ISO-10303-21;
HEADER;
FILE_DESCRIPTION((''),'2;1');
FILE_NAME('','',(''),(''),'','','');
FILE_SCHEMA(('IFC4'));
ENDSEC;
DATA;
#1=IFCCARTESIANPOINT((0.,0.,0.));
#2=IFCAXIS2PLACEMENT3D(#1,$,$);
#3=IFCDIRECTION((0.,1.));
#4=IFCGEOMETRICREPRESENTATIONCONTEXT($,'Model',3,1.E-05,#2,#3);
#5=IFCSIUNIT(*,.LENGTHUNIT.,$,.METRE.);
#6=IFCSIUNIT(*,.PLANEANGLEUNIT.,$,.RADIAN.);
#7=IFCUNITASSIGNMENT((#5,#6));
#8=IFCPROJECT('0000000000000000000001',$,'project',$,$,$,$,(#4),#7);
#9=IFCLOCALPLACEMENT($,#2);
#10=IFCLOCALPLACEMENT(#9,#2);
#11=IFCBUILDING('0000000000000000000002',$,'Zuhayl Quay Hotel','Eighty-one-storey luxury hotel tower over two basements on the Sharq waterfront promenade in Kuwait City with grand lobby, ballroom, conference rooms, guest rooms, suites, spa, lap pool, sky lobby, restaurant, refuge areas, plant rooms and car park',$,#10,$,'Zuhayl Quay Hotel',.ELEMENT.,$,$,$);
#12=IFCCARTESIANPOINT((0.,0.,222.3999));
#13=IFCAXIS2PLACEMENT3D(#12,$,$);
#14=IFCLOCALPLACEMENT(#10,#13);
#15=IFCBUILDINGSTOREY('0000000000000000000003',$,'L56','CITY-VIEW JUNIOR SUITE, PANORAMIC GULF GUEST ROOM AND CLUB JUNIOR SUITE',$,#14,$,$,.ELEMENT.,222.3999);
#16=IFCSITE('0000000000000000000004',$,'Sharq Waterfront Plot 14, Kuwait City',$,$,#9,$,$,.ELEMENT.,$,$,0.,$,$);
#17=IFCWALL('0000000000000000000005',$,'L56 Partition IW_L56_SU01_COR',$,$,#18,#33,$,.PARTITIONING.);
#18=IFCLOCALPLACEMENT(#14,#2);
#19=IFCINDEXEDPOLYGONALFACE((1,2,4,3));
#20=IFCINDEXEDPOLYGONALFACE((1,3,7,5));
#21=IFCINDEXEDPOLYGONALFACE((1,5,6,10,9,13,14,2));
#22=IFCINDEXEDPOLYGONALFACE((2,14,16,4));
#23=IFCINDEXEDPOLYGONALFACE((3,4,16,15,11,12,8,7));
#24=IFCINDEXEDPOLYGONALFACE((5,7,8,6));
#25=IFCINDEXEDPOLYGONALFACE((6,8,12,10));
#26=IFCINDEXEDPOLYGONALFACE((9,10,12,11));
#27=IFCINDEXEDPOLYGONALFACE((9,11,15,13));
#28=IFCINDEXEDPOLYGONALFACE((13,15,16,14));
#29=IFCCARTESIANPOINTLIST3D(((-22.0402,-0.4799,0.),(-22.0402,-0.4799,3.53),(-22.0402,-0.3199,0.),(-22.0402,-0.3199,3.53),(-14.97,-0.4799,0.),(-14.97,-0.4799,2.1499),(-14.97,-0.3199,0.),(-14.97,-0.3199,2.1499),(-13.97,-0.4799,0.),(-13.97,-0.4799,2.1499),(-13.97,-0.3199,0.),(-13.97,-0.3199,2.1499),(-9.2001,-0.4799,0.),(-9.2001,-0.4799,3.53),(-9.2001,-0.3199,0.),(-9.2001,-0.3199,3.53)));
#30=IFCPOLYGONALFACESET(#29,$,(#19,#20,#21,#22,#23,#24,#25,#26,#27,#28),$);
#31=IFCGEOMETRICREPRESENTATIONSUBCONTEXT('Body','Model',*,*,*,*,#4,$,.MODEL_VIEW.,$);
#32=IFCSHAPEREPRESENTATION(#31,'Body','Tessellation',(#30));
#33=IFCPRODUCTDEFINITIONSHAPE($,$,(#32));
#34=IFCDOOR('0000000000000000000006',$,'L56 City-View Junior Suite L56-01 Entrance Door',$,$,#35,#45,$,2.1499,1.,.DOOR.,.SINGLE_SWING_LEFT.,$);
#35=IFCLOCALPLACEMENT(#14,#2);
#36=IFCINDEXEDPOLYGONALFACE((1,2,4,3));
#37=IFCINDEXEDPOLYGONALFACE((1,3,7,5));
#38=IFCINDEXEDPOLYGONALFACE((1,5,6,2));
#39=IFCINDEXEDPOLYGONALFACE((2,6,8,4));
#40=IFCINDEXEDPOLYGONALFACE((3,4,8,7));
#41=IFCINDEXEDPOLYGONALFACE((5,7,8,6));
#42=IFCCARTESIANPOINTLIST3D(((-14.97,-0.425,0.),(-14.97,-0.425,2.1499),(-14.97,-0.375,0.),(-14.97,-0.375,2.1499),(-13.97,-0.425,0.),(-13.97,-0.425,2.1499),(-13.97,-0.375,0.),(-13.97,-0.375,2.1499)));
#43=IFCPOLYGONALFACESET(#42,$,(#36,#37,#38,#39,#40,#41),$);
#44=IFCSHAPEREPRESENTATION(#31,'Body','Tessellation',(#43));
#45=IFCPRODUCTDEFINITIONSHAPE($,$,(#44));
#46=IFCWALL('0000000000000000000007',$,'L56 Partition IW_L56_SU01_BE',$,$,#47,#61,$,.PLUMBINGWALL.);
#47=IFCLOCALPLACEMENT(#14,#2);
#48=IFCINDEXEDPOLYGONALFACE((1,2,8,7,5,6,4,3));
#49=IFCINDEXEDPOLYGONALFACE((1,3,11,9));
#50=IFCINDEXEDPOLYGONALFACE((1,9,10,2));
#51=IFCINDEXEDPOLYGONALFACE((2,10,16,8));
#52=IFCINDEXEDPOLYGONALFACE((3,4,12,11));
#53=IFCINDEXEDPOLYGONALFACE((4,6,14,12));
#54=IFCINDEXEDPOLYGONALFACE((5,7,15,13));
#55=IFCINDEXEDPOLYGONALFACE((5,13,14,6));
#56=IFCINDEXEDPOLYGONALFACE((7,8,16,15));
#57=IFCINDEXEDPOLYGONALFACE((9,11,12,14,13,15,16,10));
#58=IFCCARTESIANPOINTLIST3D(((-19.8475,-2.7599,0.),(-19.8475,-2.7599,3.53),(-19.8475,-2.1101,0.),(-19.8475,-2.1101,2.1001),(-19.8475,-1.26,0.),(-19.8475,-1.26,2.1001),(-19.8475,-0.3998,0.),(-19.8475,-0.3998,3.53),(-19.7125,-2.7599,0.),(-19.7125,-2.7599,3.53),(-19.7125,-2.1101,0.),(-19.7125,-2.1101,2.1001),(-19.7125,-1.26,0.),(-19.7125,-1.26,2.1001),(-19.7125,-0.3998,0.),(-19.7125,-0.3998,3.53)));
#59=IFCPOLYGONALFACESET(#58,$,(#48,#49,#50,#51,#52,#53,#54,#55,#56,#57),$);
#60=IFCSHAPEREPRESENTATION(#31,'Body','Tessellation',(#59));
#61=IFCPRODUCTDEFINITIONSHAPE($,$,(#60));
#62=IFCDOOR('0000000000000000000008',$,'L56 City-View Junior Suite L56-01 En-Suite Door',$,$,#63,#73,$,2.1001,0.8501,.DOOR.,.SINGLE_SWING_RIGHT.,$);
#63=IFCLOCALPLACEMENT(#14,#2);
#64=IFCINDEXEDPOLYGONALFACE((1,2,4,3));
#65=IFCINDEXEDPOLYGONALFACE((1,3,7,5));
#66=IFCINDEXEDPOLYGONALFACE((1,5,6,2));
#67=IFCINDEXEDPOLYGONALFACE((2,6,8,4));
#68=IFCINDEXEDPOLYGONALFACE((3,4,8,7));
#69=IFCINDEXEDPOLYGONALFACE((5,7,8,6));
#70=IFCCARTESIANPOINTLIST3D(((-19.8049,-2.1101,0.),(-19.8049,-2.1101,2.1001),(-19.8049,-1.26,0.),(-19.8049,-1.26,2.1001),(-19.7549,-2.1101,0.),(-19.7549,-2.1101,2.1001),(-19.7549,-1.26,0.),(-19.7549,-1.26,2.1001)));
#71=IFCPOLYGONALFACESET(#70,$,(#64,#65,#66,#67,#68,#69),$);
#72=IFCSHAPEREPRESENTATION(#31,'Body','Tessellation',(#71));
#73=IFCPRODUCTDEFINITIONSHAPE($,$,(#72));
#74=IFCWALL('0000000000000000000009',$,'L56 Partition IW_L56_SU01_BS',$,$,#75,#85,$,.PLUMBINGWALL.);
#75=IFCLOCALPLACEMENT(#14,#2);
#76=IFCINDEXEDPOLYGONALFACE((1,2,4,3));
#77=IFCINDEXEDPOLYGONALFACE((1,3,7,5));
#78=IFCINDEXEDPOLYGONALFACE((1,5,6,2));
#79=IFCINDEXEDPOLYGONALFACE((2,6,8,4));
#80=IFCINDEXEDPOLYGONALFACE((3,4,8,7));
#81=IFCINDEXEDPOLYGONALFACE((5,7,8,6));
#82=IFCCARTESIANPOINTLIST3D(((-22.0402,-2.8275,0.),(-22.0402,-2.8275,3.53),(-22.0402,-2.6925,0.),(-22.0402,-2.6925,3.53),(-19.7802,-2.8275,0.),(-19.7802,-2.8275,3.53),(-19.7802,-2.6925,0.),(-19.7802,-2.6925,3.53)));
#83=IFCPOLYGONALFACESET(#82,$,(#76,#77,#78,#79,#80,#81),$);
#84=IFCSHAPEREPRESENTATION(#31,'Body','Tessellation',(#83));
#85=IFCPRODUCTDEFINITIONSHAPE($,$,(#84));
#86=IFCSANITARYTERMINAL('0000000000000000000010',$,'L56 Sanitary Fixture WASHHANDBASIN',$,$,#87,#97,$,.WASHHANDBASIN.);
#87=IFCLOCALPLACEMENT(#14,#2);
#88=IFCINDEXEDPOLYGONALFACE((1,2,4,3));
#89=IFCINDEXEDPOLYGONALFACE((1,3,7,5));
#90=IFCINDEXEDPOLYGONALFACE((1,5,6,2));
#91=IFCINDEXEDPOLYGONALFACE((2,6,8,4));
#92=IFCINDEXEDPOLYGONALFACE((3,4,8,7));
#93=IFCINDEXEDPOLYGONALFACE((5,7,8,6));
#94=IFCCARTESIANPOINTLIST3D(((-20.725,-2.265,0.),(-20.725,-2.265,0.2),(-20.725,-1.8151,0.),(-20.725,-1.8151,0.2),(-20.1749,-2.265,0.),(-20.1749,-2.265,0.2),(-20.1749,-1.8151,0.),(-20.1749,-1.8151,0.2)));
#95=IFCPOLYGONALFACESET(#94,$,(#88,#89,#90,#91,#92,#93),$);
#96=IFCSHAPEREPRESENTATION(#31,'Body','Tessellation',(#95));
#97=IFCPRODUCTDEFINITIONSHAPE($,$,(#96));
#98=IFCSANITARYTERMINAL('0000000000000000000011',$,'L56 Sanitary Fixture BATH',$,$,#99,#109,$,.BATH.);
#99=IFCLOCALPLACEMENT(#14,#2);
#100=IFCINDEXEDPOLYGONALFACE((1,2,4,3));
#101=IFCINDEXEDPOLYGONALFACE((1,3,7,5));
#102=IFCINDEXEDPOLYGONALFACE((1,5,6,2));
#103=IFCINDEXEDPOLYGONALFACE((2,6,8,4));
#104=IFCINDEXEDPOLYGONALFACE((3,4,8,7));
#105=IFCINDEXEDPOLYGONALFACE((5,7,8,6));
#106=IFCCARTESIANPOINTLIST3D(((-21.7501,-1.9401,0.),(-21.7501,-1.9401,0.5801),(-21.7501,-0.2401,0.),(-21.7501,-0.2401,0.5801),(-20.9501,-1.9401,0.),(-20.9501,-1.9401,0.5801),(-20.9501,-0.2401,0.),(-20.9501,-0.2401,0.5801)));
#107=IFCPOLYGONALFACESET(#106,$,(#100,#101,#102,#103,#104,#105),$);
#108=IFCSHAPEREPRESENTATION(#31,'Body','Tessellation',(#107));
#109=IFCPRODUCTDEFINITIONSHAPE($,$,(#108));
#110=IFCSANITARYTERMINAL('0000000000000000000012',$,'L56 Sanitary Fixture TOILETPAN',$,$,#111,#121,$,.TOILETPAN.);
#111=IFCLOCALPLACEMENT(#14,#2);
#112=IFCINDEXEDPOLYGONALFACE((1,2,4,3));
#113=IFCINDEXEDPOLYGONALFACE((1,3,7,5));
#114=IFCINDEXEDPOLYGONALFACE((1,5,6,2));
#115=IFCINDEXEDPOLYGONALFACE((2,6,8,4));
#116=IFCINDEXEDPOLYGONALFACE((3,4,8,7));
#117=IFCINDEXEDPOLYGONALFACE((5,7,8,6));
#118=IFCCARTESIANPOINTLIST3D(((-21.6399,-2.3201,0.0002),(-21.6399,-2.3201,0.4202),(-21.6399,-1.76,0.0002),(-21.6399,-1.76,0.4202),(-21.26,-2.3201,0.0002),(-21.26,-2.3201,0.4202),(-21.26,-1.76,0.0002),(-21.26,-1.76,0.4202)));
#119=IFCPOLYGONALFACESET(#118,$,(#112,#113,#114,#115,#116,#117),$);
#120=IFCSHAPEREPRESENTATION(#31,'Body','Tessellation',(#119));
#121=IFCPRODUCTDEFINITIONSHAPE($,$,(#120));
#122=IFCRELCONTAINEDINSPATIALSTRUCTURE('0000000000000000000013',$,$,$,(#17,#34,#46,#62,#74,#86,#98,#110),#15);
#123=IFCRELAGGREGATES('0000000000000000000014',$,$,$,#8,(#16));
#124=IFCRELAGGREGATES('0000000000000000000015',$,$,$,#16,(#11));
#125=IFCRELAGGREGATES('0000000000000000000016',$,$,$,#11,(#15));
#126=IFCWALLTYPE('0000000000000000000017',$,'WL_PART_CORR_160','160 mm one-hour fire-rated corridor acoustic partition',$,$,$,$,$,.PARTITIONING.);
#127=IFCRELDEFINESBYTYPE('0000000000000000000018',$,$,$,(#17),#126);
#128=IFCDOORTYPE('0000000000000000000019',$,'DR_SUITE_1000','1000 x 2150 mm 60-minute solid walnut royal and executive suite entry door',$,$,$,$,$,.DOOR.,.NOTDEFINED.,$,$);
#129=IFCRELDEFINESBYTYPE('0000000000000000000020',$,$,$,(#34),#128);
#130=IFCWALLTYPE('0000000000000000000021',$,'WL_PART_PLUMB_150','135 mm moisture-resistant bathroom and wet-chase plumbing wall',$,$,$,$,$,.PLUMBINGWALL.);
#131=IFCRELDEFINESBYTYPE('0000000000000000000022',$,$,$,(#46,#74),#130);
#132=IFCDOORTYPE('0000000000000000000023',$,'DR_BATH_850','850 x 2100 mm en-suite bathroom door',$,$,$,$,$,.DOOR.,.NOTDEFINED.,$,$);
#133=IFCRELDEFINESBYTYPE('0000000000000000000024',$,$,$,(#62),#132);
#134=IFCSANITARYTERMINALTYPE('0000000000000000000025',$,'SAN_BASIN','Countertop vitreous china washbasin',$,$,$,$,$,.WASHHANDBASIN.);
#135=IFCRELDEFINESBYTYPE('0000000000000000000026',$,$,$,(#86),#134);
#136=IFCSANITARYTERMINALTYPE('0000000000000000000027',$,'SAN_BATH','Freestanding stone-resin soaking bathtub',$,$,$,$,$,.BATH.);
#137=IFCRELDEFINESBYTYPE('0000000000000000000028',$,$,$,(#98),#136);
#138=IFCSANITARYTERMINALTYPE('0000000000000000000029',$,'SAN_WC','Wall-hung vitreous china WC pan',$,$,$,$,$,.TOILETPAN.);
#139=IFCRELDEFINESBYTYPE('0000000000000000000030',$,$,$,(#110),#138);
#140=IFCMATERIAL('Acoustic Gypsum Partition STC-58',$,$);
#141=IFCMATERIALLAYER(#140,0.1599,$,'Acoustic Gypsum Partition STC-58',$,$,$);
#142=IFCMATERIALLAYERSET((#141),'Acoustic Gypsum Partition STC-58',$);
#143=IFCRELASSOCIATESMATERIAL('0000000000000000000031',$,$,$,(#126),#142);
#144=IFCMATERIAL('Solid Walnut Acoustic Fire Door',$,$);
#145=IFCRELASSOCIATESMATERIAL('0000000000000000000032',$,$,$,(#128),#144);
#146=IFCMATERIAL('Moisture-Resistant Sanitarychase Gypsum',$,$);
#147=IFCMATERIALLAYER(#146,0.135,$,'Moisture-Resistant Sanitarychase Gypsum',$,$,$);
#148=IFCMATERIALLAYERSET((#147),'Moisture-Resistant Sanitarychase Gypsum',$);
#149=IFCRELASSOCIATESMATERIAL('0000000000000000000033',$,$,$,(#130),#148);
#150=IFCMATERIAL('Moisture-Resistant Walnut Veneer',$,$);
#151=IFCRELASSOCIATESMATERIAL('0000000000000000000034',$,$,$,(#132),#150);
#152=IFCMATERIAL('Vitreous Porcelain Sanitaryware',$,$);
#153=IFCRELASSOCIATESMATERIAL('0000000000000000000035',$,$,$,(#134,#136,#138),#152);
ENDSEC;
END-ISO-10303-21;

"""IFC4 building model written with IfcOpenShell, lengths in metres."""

from ifc_helpers import new_model, si_unit, direction, frame, frame_2d, origin, origin_2d, place, context, subcontext, project, spatial, rectangle, extrude, material, layer, layer_set, type_object, element, fill, save


model = new_model("IFC4")

# Units and contexts
model_context = context("Model", 3, precision=1e-05, world=origin(), true_north=direction((0.0, 1.0)))
body_context = subcontext(model_context, "Body", "Model", "MODEL_VIEW")
ifc_project = project(units=[si_unit("LENGTHUNIT", "METRE"), si_unit("PLANEANGLEUNIT", "RADIAN")], contexts=[model_context])

# Site, building, storey
site_placement = place(None, origin())
site = spatial("IfcSite", under=ifc_project, at=site_placement, Name="Sharq Waterfront Plot 14, Kuwait City", CompositionType="ELEMENT", RefElevation=0.0)
building_placement = place(site_placement, origin())
building = spatial("IfcBuilding", under=site, at=building_placement, Name="Zuhayl Quay Hotel", Description="Eighty-one-storey luxury hotel tower over two basements on the Sharq waterfront promenade in Kuwait City with grand lobby, ballroom, conference rooms, guest rooms, suites, spa, lap pool, sky lobby, restaurant, refuge areas, plant rooms and car park", LongName="Zuhayl Quay Hotel", CompositionType="ELEMENT")
storey_placement = place(building_placement, frame((0.0, 0.0, 222.3999)))
storey = spatial("IfcBuildingStorey", under=building, at=storey_placement, Name="L56", Description="CITY-VIEW JUNIOR SUITE, PANORAMIC GULF GUEST ROOM AND CLUB JUNIOR SUITE", CompositionType="ELEMENT", Elevation=222.3999)

# Shared definitions
ifc_material_1 = material(Name="Acoustic Gypsum Partition STC-58")

# Walls, openings, doors
ifc_layer_1 = layer(ifc_material_1, 0.1599, Name="Acoustic Gypsum Partition STC-58")
ifc_layer_set_1 = layer_set([ifc_layer_1], Name="Acoustic Gypsum Partition STC-58")
wall_type_1 = type_object("IfcWallType", Name="WL_PART_CORR_160", Description="160 mm one-hour fire-rated corridor acoustic partition", PredefinedType="PARTITIONING", material=ifc_layer_set_1)
wall_1_placement = place(storey_placement, frame((-22.04, -0.3999, 0.0), z_axis=(0.0, 0.0, 1.0), x_axis=(1.0, 0.0, 0.0)))
wall_1 = element("IfcWall", 1, at=wall_1_placement, inside=storey, type_object=wall_type_1, Name="L56 Partition IW_L56_SU01_COR", PredefinedType="PARTITIONING", context=body_context, shape_type="SweptSolid", body=[
    extrude(rectangle(XDim=12.8401, YDim=0.1599, at=frame_2d((6.4199, 0.0))), origin(), (0.0, 0.0, 1.0), 3.53),
])
opening_1_placement = place(wall_1_placement, frame((7.0701, 0.0, 0.0)))
opening_1 = element("IfcOpeningElement", 2, at=opening_1_placement, cuts=wall_1, PredefinedType="OPENING", context=body_context, shape_type="SweptSolid", body=[
    extrude(rectangle(XDim=1.0, YDim=2.1499, at=frame_2d((0.5, 1.075))), frame((0.0, 0.0898, 0.0), z_axis=(0.0, -1.0, 0.0), x_axis=(1.0, 0.0, 0.0)), (0.0, 0.0, 1.0), 0.1799),
])
ifc_material_2 = material(Name="Solid Walnut Acoustic Fire Door")
door_type_1 = type_object("IfcDoorType", Name="DR_SUITE_1000", Description="1000 x 2150 mm 60-minute solid walnut royal and executive suite entry door", OperationType="NOTDEFINED", PredefinedType="DOOR", material=ifc_material_2)
door_1_placement = place(opening_1_placement, origin())
door_1 = element("IfcDoor", 3, at=door_1_placement, inside=storey, type_object=door_type_1, Name="L56 City-View Junior Suite L56-01 Entrance Door", OperationType="SINGLE_SWING_LEFT", OverallHeight=2.1499, OverallWidth=1.0, PredefinedType="DOOR", context=body_context, shape_type="SweptSolid", body=[
    extrude(rectangle(XDim=1.0, YDim=2.1499, at=frame_2d((0.5, 1.075))), frame((0.0, 0.0249, 0.0), z_axis=(0.0, -1.0, 0.0), x_axis=(1.0, 0.0, 0.0)), (0.0, 0.0, 1.0), 0.05),
])
fill(opening_1, door_1)
ifc_material_3 = material(Name="Moisture-Resistant Sanitarychase Gypsum")
ifc_layer_2 = layer(ifc_material_3, 0.135, Name="Moisture-Resistant Sanitarychase Gypsum")
ifc_layer_set_2 = layer_set([ifc_layer_2], Name="Moisture-Resistant Sanitarychase Gypsum")
wall_type_2 = type_object("IfcWallType", Name="WL_PART_PLUMB_150", Description="135 mm moisture-resistant bathroom and wet-chase plumbing wall", PredefinedType="PLUMBINGWALL", material=ifc_layer_set_2)
wall_2_placement = place(storey_placement, frame((-19.78, -2.76, 0.0), z_axis=(0.0, 0.0, 1.0), x_axis=(0.0, 1.0, 0.0)))
wall_2 = element("IfcWall", 4, at=wall_2_placement, inside=storey, type_object=wall_type_2, Name="L56 Partition IW_L56_SU01_BE", PredefinedType="PLUMBINGWALL", context=body_context, shape_type="SweptSolid", body=[
    extrude(rectangle(XDim=2.3601, YDim=0.135, at=frame_2d((1.1802, 0.0))), origin(), (0.0, 0.0, 1.0), 3.53),
])
opening_2_placement = place(wall_2_placement, frame((0.6499, 0.0, 0.0)))
opening_2 = element("IfcOpeningElement", 5, at=opening_2_placement, cuts=wall_2, PredefinedType="OPENING", context=body_context, shape_type="SweptSolid", body=[
    extrude(rectangle(XDim=0.8501, YDim=2.1001, at=frame_2d((0.425, 1.05))), frame((0.0, 0.0774, 0.0), z_axis=(0.0, -1.0, 0.0), x_axis=(1.0, 0.0, 0.0)), (0.0, 0.0, 1.0), 0.155),
])
ifc_material_4 = material(Name="Moisture-Resistant Walnut Veneer")
door_type_2 = type_object("IfcDoorType", Name="DR_BATH_850", Description="850 x 2100 mm en-suite bathroom door", OperationType="NOTDEFINED", PredefinedType="DOOR", material=ifc_material_4)
door_2_placement = place(opening_2_placement, origin())
door_2 = element("IfcDoor", 6, at=door_2_placement, inside=storey, type_object=door_type_2, Name="L56 City-View Junior Suite L56-01 En-Suite Door", OperationType="SINGLE_SWING_RIGHT", OverallHeight=2.1001, OverallWidth=0.8501, PredefinedType="DOOR", context=body_context, shape_type="SweptSolid", body=[
    extrude(rectangle(XDim=0.8501, YDim=2.1001, at=frame_2d((0.425, 1.05))), frame((0.0, 0.0249, 0.0), z_axis=(0.0, -1.0, 0.0), x_axis=(1.0, 0.0, 0.0)), (0.0, 0.0, 1.0), 0.05),
])
fill(opening_2, door_2)

# Wall
wall_3_placement = place(storey_placement, frame((-22.04, -2.76, 0.0), z_axis=(0.0, 0.0, 1.0), x_axis=(1.0, 0.0, 0.0)))
element("IfcWall", 7, at=wall_3_placement, inside=storey, type_object=wall_type_2, Name="L56 Partition IW_L56_SU01_BS", PredefinedType="PLUMBINGWALL", context=body_context, shape_type="SweptSolid", body=[
    extrude(rectangle(XDim=2.26, YDim=0.135, at=frame_2d((1.1299, 0.0))), origin(), (0.0, 0.0, 1.0), 3.53),
])

# Sanitary terminals
ifc_material_5 = material(Name="Vitreous Porcelain Sanitaryware")
sanitary_terminal_type_1 = type_object("IfcSanitaryTerminalType", Name="SAN_BASIN", Description="Countertop vitreous china washbasin", PredefinedType="WASHHANDBASIN", material=ifc_material_5)
sanitary_terminal_1_placement = place(storey_placement, frame((-20.45, -2.04, 0.0), z_axis=(0.0, 0.0, 1.0), x_axis=(1.0, 0.0, 0.0)))
element("IfcSanitaryTerminal", 8, at=sanitary_terminal_1_placement, inside=storey, type_object=sanitary_terminal_type_1, Name="L56 Sanitary Fixture WASHHANDBASIN", PredefinedType="WASHHANDBASIN", context=body_context, shape_type="SweptSolid", body=[
    extrude(rectangle(XDim=0.55, YDim=0.45, at=origin_2d()), origin(), (0.0, 0.0, 1.0), 0.2),
])
sanitary_terminal_type_2 = type_object("IfcSanitaryTerminalType", Name="SAN_BATH", Description="Freestanding stone-resin soaking bathtub", PredefinedType="BATH", material=ifc_material_5)
sanitary_terminal_2_placement = place(storey_placement, frame((-21.3501, -1.0901, 0.0), z_axis=(0.0, 0.0, 1.0), x_axis=(1.0, 0.0, 0.0)))
element("IfcSanitaryTerminal", 9, at=sanitary_terminal_2_placement, inside=storey, type_object=sanitary_terminal_type_2, Name="L56 Sanitary Fixture BATH", PredefinedType="BATH", context=body_context, shape_type="SweptSolid", body=[
    extrude(rectangle(XDim=0.8, YDim=1.7, at=origin_2d()), origin(), (0.0, 0.0, 1.0), 0.5801),
])
sanitary_terminal_type_3 = type_object("IfcSanitaryTerminalType", Name="SAN_WC", Description="Wall-hung vitreous china WC pan", PredefinedType="TOILETPAN", material=ifc_material_5)
sanitary_terminal_3_placement = place(storey_placement, frame((-21.45, -2.04, 0.0002), z_axis=(0.0, 0.0, 1.0), x_axis=(1.0, 0.0, 0.0)))
element("IfcSanitaryTerminal", 10, at=sanitary_terminal_3_placement, inside=storey, type_object=sanitary_terminal_type_3, Name="L56 Sanitary Fixture TOILETPAN", PredefinedType="TOILETPAN", context=body_context, shape_type="SweptSolid", body=[
    extrude(rectangle(XDim=0.3799, YDim=0.5601, at=origin_2d()), origin(), (0.0, 0.0, 1.0), 0.4199),
])

save(model, "model.ifc")
